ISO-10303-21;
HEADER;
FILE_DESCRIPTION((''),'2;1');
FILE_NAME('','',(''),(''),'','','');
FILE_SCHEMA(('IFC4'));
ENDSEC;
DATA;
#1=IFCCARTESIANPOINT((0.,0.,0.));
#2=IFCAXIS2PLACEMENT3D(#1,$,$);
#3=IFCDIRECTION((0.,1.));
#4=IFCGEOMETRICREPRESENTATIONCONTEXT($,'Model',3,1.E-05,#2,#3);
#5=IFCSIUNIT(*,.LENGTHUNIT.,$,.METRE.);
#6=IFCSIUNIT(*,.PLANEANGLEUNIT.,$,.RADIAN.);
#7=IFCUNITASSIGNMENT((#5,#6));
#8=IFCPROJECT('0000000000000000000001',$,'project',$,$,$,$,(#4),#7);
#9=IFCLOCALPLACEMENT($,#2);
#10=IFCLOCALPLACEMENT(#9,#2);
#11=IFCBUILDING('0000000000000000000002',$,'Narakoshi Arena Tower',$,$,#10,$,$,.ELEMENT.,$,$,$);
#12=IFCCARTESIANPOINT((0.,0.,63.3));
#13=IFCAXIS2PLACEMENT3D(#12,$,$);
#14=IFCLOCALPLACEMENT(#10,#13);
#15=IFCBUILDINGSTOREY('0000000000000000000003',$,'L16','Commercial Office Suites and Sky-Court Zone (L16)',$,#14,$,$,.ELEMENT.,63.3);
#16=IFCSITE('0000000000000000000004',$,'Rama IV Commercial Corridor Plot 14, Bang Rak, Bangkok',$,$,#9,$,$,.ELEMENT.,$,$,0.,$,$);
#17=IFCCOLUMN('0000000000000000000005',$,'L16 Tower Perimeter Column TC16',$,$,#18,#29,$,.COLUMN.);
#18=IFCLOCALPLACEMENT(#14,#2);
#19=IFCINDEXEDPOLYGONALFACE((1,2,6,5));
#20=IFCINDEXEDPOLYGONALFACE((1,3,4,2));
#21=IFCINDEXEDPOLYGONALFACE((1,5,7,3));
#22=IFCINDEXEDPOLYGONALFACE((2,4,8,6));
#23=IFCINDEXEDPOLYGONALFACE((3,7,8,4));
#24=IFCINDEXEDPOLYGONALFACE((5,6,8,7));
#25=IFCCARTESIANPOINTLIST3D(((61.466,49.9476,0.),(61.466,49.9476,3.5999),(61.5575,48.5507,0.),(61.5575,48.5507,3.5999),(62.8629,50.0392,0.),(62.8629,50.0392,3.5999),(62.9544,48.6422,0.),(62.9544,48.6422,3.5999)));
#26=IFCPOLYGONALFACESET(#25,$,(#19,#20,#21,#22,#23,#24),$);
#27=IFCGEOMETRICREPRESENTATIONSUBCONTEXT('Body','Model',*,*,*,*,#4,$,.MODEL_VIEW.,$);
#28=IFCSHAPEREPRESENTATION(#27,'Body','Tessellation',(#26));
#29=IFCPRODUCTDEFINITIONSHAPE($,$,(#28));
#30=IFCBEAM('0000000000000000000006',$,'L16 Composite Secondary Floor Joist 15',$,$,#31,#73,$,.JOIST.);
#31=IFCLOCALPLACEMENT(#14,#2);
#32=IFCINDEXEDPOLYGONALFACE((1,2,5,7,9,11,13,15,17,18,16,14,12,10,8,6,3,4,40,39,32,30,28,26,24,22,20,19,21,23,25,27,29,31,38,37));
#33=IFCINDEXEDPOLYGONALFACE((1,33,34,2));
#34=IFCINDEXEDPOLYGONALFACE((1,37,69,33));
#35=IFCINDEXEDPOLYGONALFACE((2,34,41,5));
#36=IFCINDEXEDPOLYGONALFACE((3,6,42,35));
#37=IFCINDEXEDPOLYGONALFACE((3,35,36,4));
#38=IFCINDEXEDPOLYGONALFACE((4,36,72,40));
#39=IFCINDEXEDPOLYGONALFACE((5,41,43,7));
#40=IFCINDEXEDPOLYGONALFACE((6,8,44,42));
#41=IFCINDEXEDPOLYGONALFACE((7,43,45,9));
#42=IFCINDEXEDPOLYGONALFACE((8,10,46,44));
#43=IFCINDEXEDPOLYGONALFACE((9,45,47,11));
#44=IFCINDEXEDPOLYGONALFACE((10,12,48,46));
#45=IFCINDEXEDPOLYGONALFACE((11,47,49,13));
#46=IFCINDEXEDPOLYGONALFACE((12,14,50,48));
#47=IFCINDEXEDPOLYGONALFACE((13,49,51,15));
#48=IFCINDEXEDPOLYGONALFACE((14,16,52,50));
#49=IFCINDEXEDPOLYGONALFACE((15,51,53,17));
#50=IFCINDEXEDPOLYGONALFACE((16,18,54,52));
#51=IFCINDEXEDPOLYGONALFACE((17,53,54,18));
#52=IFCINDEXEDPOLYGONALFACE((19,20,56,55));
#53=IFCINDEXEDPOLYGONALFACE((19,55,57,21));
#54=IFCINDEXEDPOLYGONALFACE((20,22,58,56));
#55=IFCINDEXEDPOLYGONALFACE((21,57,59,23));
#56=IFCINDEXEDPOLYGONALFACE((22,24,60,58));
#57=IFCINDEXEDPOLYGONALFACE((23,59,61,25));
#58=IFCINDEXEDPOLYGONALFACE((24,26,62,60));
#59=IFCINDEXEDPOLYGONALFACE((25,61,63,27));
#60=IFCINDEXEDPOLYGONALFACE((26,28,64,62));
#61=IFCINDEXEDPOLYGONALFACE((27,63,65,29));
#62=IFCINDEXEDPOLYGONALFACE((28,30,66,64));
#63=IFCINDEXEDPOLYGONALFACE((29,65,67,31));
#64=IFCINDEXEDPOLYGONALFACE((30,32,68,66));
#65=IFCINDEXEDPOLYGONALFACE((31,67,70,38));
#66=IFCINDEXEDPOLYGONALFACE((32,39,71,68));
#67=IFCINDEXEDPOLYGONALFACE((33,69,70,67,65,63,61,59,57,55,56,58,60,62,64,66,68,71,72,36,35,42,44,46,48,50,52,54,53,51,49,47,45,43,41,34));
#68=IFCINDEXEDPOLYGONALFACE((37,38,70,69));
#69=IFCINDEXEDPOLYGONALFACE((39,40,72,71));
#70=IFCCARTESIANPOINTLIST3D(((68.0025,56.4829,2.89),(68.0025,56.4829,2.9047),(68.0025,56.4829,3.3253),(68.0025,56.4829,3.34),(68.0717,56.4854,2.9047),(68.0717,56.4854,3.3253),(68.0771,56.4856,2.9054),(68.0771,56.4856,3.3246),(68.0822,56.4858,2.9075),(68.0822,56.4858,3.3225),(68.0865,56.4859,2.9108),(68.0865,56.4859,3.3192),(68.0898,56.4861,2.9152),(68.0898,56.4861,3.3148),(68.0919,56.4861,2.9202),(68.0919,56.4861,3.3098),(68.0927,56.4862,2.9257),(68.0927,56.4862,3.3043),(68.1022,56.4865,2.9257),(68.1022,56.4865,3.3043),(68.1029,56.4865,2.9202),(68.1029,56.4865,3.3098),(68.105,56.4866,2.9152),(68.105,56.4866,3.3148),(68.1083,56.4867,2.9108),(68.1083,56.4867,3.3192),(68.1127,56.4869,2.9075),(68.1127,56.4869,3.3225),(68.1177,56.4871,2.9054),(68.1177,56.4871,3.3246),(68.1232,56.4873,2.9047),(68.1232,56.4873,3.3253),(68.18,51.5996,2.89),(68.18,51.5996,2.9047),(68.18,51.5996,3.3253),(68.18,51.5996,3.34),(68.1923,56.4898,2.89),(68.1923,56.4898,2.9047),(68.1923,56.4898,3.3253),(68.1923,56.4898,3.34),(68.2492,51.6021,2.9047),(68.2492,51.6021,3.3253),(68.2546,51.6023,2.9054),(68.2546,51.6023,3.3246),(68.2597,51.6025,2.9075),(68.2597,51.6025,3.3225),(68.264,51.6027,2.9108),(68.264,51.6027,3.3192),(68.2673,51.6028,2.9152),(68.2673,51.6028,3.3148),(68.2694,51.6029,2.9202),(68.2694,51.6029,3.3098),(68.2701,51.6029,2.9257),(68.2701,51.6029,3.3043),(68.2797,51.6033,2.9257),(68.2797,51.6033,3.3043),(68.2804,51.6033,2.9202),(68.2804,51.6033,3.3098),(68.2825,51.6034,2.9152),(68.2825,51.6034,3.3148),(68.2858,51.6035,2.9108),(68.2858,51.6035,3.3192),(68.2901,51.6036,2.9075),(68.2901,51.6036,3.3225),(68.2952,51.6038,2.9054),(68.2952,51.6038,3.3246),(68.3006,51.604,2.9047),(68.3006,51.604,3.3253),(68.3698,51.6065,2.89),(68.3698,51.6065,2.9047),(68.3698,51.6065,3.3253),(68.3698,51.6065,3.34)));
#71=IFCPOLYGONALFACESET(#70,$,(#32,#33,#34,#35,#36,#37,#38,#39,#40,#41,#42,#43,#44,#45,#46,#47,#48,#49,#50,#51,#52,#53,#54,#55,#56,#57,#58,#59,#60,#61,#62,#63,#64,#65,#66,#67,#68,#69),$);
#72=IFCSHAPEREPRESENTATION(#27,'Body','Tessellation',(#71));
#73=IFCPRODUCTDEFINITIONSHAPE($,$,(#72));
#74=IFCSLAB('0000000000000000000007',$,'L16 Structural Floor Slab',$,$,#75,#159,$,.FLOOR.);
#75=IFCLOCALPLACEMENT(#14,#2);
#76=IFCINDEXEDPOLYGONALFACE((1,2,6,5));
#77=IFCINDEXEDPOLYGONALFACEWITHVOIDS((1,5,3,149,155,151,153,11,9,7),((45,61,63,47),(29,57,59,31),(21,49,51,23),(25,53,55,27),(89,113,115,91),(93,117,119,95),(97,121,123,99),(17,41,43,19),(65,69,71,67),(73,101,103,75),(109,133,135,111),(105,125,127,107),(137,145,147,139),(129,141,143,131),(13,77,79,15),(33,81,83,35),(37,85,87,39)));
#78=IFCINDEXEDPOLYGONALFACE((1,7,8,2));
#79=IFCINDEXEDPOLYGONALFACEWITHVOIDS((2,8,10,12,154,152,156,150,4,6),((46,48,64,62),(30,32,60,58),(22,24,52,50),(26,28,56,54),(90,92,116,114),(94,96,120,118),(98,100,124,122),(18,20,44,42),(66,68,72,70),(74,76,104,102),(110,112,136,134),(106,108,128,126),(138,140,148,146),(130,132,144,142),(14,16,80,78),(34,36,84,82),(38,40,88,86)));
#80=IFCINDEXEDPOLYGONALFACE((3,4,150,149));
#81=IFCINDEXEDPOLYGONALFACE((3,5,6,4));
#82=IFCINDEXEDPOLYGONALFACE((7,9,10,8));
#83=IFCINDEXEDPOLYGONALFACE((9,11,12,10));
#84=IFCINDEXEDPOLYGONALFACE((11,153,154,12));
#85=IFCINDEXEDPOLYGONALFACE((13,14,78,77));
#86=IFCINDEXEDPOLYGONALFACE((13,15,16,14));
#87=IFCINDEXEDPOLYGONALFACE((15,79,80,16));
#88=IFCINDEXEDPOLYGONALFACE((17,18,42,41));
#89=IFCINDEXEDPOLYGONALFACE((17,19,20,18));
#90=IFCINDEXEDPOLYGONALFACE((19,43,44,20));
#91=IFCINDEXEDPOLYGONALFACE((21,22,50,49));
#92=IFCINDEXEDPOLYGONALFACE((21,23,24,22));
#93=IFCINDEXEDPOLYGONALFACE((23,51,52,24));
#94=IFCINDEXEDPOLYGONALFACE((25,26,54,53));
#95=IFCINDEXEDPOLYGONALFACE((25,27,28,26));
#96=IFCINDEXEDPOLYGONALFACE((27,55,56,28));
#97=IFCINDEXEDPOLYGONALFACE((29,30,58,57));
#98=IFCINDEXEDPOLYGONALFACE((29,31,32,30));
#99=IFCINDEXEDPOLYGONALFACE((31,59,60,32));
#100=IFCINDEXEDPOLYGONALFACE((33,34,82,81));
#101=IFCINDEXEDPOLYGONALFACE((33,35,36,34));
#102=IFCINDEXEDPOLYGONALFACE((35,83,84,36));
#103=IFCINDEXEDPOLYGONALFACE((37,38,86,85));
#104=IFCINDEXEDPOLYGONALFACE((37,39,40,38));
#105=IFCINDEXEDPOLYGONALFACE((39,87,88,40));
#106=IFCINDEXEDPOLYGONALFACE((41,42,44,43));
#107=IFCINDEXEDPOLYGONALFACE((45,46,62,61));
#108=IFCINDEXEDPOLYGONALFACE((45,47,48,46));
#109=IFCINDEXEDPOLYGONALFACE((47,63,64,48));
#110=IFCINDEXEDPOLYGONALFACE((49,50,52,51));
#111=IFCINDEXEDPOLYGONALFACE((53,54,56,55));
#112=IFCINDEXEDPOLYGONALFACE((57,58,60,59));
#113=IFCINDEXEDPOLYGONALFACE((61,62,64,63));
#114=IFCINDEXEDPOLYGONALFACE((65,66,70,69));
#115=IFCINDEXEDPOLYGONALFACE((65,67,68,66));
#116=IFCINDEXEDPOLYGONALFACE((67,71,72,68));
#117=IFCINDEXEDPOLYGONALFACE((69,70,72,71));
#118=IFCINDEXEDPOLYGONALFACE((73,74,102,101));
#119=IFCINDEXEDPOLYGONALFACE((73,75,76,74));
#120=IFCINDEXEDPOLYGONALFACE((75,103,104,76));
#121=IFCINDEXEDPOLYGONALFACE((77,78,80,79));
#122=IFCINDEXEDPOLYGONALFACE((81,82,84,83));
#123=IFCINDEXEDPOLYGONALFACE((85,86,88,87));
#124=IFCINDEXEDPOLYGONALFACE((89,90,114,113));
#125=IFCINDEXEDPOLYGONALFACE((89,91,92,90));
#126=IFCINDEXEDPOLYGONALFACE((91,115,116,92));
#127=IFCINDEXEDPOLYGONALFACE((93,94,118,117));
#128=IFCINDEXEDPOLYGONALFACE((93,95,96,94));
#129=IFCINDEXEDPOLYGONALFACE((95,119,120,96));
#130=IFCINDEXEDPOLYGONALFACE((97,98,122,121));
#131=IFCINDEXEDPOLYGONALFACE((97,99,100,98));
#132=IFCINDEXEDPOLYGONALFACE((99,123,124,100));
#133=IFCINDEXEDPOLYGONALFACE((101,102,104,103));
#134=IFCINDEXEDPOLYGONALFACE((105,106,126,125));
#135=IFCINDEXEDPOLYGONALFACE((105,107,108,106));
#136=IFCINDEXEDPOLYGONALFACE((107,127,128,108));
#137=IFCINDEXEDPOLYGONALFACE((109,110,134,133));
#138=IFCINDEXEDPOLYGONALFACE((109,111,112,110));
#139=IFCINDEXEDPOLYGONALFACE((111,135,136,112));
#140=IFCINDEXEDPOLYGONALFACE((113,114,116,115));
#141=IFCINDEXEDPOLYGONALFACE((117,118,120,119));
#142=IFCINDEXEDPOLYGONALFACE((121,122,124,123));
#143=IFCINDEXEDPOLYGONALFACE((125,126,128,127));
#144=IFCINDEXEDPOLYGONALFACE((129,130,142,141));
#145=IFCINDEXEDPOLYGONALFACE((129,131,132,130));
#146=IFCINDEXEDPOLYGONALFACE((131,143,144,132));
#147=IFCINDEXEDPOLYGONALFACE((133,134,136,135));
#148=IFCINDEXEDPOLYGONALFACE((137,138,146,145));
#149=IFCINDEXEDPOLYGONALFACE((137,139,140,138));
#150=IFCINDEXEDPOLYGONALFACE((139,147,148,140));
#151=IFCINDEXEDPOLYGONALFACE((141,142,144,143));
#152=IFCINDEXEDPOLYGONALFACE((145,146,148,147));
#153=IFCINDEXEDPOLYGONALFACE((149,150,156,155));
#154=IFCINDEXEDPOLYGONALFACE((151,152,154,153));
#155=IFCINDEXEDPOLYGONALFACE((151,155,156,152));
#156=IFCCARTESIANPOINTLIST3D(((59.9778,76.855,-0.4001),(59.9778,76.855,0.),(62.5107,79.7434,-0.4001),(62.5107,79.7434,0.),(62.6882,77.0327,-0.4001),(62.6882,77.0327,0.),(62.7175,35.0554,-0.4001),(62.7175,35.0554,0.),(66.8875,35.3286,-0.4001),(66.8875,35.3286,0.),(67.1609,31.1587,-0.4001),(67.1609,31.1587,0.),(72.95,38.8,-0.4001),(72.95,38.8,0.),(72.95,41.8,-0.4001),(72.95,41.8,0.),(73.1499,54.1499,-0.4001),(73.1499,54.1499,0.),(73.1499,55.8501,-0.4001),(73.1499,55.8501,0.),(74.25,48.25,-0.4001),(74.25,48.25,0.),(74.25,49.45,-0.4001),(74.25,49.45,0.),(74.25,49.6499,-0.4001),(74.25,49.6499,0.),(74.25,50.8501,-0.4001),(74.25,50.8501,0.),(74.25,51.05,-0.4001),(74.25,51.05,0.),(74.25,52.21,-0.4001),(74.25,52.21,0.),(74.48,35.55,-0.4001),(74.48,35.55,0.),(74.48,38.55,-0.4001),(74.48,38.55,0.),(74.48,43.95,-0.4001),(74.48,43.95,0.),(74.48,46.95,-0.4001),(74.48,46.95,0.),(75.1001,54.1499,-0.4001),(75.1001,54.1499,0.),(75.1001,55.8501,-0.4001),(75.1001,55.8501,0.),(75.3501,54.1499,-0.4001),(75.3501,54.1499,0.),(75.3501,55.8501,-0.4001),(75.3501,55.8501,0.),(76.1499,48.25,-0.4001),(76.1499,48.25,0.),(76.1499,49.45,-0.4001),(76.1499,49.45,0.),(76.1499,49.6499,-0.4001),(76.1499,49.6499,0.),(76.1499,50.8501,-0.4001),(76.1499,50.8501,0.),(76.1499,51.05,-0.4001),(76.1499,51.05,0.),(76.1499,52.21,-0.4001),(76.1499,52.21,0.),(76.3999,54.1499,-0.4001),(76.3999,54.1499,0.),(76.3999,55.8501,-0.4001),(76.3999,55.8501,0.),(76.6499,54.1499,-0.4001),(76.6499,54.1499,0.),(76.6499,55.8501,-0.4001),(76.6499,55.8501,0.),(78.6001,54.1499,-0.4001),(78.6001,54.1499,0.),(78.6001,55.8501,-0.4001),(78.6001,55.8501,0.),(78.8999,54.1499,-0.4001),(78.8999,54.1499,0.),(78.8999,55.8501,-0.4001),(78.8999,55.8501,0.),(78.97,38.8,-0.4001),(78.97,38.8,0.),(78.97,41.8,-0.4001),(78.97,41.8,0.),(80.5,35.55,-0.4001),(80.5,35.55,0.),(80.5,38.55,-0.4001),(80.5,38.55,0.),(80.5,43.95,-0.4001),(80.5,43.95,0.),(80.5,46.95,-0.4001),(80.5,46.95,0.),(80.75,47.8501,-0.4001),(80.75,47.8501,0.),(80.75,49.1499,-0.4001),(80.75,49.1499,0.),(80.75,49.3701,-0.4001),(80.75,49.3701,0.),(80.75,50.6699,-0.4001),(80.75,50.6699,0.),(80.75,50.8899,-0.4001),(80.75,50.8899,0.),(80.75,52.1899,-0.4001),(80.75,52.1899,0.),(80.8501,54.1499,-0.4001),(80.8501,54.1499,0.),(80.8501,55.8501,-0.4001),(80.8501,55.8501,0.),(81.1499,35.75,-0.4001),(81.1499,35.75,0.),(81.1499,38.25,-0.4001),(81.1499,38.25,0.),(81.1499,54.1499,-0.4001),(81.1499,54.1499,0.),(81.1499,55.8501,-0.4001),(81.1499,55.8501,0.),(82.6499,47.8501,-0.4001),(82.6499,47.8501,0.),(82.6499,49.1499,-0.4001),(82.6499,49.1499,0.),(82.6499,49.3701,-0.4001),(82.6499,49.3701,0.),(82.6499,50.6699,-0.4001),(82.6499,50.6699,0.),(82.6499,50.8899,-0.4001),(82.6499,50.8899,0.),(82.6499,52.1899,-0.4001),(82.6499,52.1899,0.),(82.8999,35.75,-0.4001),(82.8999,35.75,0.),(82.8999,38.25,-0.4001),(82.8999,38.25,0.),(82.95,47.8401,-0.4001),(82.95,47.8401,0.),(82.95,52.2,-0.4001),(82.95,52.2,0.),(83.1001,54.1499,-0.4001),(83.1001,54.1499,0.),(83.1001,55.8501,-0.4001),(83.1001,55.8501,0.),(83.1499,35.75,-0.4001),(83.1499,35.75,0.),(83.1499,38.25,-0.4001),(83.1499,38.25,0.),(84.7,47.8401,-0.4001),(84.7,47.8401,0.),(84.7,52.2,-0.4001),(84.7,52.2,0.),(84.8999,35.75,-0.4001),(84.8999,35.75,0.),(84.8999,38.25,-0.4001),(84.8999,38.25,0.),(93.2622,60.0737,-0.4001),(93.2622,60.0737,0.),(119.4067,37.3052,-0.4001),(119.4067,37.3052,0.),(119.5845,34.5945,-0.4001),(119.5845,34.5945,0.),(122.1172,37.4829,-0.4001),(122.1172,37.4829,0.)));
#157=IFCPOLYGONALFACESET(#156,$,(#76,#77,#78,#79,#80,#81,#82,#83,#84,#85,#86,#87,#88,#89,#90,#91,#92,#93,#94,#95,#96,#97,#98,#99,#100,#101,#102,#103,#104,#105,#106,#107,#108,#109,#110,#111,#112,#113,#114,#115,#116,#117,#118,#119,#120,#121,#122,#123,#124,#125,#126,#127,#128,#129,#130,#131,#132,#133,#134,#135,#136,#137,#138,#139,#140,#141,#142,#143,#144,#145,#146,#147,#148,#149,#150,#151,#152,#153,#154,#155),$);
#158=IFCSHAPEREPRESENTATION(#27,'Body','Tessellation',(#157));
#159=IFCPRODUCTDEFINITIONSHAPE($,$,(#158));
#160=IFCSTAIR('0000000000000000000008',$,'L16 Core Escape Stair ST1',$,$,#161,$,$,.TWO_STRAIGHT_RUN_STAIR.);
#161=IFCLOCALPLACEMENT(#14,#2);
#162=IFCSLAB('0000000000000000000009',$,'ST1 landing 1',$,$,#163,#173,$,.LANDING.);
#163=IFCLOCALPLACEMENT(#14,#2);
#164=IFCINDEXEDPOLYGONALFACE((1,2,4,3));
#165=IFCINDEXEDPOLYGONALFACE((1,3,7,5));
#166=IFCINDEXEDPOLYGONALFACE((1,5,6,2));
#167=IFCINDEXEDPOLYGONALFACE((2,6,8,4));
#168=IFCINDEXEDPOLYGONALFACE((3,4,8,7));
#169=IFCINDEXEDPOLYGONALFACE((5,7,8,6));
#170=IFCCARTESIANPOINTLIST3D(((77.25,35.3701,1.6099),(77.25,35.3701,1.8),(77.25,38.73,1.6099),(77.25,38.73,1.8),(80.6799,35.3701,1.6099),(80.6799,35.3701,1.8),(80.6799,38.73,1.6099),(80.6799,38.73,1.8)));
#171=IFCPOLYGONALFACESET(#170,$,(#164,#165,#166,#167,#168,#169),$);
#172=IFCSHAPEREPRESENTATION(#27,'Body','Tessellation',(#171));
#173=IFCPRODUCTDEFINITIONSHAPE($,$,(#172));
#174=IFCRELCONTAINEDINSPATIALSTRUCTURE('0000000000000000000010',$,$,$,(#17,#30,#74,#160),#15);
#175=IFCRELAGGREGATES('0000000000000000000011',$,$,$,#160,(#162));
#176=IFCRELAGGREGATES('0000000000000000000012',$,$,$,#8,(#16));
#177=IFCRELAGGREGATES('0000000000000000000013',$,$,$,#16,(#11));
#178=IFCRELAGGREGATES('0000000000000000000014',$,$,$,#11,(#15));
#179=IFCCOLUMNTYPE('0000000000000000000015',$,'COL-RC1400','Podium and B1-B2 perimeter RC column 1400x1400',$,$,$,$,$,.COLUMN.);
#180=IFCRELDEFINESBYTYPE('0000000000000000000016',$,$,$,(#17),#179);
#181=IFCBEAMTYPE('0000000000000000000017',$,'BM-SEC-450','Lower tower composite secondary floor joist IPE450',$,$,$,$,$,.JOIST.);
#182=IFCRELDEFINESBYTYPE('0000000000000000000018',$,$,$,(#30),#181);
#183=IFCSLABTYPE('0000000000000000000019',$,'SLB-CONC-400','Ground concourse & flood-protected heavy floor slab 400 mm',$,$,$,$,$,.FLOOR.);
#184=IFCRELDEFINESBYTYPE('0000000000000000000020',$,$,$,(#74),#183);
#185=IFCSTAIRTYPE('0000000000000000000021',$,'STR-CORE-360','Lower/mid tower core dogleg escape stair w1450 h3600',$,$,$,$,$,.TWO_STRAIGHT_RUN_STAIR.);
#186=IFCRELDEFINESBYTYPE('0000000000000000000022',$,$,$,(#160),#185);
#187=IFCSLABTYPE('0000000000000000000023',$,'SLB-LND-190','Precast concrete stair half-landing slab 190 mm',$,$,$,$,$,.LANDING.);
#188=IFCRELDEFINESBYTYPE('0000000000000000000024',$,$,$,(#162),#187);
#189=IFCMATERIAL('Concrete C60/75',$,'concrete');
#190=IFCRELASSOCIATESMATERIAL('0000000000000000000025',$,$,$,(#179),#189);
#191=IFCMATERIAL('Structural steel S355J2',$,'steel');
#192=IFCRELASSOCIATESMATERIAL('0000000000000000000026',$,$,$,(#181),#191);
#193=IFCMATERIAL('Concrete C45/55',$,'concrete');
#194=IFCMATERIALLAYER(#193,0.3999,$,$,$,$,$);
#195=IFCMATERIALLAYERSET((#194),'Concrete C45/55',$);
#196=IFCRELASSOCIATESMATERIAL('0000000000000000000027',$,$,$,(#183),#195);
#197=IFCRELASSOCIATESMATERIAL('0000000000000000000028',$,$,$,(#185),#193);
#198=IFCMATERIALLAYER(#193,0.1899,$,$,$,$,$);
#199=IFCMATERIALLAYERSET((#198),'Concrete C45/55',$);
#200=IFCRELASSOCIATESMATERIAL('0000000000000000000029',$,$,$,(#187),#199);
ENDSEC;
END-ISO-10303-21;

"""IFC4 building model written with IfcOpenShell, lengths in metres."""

from ifc_helpers import new_model, si_unit, direction, frame, origin, origin_2d, place, context, subcontext, project, spatial, polyline, rectangle, i_section, outline, extrude, material, layer, layer_set, material_profile, profile_set, type_object, element, aggregate, save


model = new_model("IFC4")

# Units and contexts
model_context = context("Model", 3, precision=1e-05, world=origin(), true_north=direction((0.0, 1.0)))
body_context = subcontext(model_context, "Body", "Model", "MODEL_VIEW")
ifc_project = project(units=[si_unit("LENGTHUNIT", "METRE"), si_unit("PLANEANGLEUNIT", "RADIAN")], contexts=[model_context])

# Site, building, storey
site_placement = place(None, origin())
site = spatial("IfcSite", under=ifc_project, at=site_placement, Name="Rama IV Commercial Corridor Plot 14, Bang Rak, Bangkok", CompositionType="ELEMENT", RefElevation=0.0)
building_placement = place(site_placement, origin())
building = spatial("IfcBuilding", under=site, at=building_placement, Name="Narakoshi Arena Tower", CompositionType="ELEMENT")
storey_placement = place(building_placement, frame((0.0, 0.0, 63.3)))
storey = spatial("IfcBuildingStorey", under=building, at=storey_placement, Name="L16", Description="Commercial Office Suites and Sky-Court Zone (L16)", CompositionType="ELEMENT", Elevation=63.3)

# Column
ifc_material_1 = material(Name="Concrete C60/75", Category="concrete")
ifc_material_profile_1 = material_profile(ifc_material_1, rectangle(XDim=1.3999, YDim=1.3999, at=origin_2d()), Name="RC1400x1400")
ifc_profile_set_1 = profile_set([ifc_material_profile_1], Name="Concrete C60/75")
column_type = type_object("IfcColumnType", Name="COL-RC1400", Description="Podium and B1-B2 perimeter RC column 1400x1400", PredefinedType="COLUMN", material=ifc_profile_set_1)
column_placement = place(storey_placement, frame((62.2102, 49.2949, 0.0), z_axis=(0.0, 0.0, 1.0), x_axis=(-0.065403, 0.997859, 0.0)))
element("IfcColumn", 1, at=column_placement, inside=storey, type_object=column_type, Name="L16 Tower Perimeter Column TC16", PredefinedType="COLUMN", context=body_context, shape_type="SweptSolid", body=[
    extrude(rectangle(XDim=1.3999, YDim=1.3999, at=origin_2d()), origin(), (0.0, 0.0, 1.0), 3.5999),
])

# Beam
ifc_material_2 = material(Name="Structural steel S355J2", Category="steel")
ifc_material_profile_2 = material_profile(ifc_material_2, i_section(OverallWidth=0.1899, OverallDepth=0.45, WebThickness=0.0095, FlangeThickness=0.0146, FilletRadius=0.021, at=origin_2d()), Name="IPE450")
ifc_profile_set_2 = profile_set([ifc_material_profile_2], Name="Structural steel S355J2")
beam_type = type_object("IfcBeamType", Name="BM-SEC-450", Description="Lower tower composite secondary floor joist IPE450", PredefinedType="JOIST", material=ifc_profile_set_2)
beam_placement = place(storey_placement, frame((68.0974, 56.4863, 3.115), z_axis=(0.036322, -0.99934, 0.0), x_axis=(0.99934, 0.036322, 0.0)))
element("IfcBeam", 2, at=beam_placement, inside=storey, type_object=beam_type, Name="L16 Composite Secondary Floor Joist 15", PredefinedType="JOIST", context=body_context, shape_type="SweptSolid", body=[
    extrude(i_section(OverallWidth=0.1899, OverallDepth=0.45, WebThickness=0.0095, FlangeThickness=0.0146, FilletRadius=0.021, at=origin_2d()), origin(), (0.0, 0.0, 1.0), 4.8865),
])

# Slab
ifc_material_3 = material(Name="Concrete C45/55", Category="concrete")
ifc_layer_1 = layer(ifc_material_3, 0.3999)
ifc_layer_set_1 = layer_set([ifc_layer_1], Name="Concrete C45/55")
slab_type_1 = type_object("IfcSlabType", Name="SLB-CONC-400", Description="Ground concourse & flood-protected heavy floor slab 400 mm", PredefinedType="FLOOR", material=ifc_layer_set_1)
slab_1_placement = place(storey_placement, frame((0.0, 0.0, -0.4001)))
element("IfcSlab", 3, at=slab_1_placement, inside=storey, type_object=slab_type_1, Name="L16 Structural Floor Slab", PredefinedType="FLOOR", context=body_context, shape_type="SweptSolid", body=[
    extrude(outline(polyline([(67.1609, 31.1587), (119.5845, 34.5945), (119.4067, 37.3052), (122.1172, 37.4829), (93.2622, 60.0737), (62.5107, 79.7434), (62.6882, 77.0327), (59.9778, 76.855), (62.7175, 35.0554), (66.8875, 35.3286), (67.1609, 31.1587)]), holes=[polyline([(74.48, 35.55), (74.48, 38.55), (80.5, 38.55), (80.5, 35.55), (74.48, 35.55)]), polyline([(81.1499, 35.75), (81.1499, 38.25), (82.8999, 38.25), (82.8999, 35.75), (81.1499, 35.75)]), polyline([(83.1499, 35.75), (83.1499, 38.25), (84.8999, 38.25), (84.8999, 35.75), (83.1499, 35.75)]), polyline([(72.95, 38.8), (72.95, 41.8), (78.97, 41.8), (78.97, 38.8), (72.95, 38.8)]), polyline([(74.48, 43.95), (74.48, 46.95), (80.5, 46.95), (80.5, 43.95), (74.48, 43.95)]), polyline([(82.95, 47.8401), (82.95, 52.2), (84.7, 52.2), (84.7, 47.8401), (82.95, 47.8401)]), polyline([(80.75, 47.8501), (80.75, 49.1499), (82.6499, 49.1499), (82.6499, 47.8501), (80.75, 47.8501)]), polyline([(74.25, 48.25), (74.25, 49.45), (76.1499, 49.45), (76.1499, 48.25), (74.25, 48.25)]), polyline([(80.75, 49.3701), (80.75, 50.6699), (82.6499, 50.6699), (82.6499, 49.3701), (80.75, 49.3701)]), polyline([(74.25, 49.6499), (74.25, 50.8501), (76.1499, 50.8501), (76.1499, 49.6499), (74.25, 49.6499)]), polyline([(80.75, 50.8899), (80.75, 52.1899), (82.6499, 52.1899), (82.6499, 50.8899), (80.75, 50.8899)]), polyline([(74.25, 51.05), (74.25, 52.21), (76.1499, 52.21), (76.1499, 51.05), (74.25, 51.05)]), polyline([(73.1499, 54.1499), (73.1499, 55.8501), (75.1001, 55.8501), (75.1001, 54.1499), (73.1499, 54.1499)]), polyline([(75.3501, 54.1499), (75.3501, 55.8501), (76.3999, 55.8501), (76.3999, 54.1499), (75.3501, 54.1499)]), polyline([(76.6499, 54.1499), (76.6499, 55.8501), (78.6001, 55.8501), (78.6001, 54.1499), (76.6499, 54.1499)]), polyline([(78.8999, 55.8501), (80.8501, 55.8501), (80.8501, 54.1499), (78.8999, 54.1499), (78.8999, 55.8501)]), polyline([(81.1499, 55.8501), (83.1001, 55.8501), (83.1001, 54.1499), (81.1499, 54.1499), (81.1499, 55.8501)])]), origin(), (0.0, 0.0, 1.0), 0.4001),
])

# Stair, slab
stair_type = type_object("IfcStairType", Name="STR-CORE-360", Description="Lower/mid tower core dogleg escape stair w1450 h3600", PredefinedType="TWO_STRAIGHT_RUN_STAIR", material=ifc_material_3)
stair_1_placement = place(storey_placement, origin())
stair_1 = element("IfcStair", 4, at=stair_1_placement, inside=storey, type_object=stair_type, Name="L16 Core Escape Stair ST1", PredefinedType="TWO_STRAIGHT_RUN_STAIR")
ifc_layer_2 = layer(ifc_material_3, 0.1899)
ifc_layer_set_2 = layer_set([ifc_layer_2], Name="Concrete C45/55")
slab_type_2 = type_object("IfcSlabType", Name="SLB-LND-190", Description="Precast concrete stair half-landing slab 190 mm", PredefinedType="LANDING", material=ifc_layer_set_2)
slab_2_placement = place(storey_placement, frame((0.0, 0.0, 1.6099)))
slab_2 = element("IfcSlab", 5, at=slab_2_placement, type_object=slab_type_2, Name="ST1 landing 1", PredefinedType="LANDING", context=body_context, shape_type="SweptSolid", body=[
    extrude(outline(polyline([(77.25, 35.3701), (80.6799, 35.3701), (80.6799, 38.73), (77.25, 38.73), (77.25, 35.3701)])), origin(), (0.0, 0.0, 1.0), 0.1902),
])
aggregate(stair_1, [slab_2])

save(model, "model.ifc")
